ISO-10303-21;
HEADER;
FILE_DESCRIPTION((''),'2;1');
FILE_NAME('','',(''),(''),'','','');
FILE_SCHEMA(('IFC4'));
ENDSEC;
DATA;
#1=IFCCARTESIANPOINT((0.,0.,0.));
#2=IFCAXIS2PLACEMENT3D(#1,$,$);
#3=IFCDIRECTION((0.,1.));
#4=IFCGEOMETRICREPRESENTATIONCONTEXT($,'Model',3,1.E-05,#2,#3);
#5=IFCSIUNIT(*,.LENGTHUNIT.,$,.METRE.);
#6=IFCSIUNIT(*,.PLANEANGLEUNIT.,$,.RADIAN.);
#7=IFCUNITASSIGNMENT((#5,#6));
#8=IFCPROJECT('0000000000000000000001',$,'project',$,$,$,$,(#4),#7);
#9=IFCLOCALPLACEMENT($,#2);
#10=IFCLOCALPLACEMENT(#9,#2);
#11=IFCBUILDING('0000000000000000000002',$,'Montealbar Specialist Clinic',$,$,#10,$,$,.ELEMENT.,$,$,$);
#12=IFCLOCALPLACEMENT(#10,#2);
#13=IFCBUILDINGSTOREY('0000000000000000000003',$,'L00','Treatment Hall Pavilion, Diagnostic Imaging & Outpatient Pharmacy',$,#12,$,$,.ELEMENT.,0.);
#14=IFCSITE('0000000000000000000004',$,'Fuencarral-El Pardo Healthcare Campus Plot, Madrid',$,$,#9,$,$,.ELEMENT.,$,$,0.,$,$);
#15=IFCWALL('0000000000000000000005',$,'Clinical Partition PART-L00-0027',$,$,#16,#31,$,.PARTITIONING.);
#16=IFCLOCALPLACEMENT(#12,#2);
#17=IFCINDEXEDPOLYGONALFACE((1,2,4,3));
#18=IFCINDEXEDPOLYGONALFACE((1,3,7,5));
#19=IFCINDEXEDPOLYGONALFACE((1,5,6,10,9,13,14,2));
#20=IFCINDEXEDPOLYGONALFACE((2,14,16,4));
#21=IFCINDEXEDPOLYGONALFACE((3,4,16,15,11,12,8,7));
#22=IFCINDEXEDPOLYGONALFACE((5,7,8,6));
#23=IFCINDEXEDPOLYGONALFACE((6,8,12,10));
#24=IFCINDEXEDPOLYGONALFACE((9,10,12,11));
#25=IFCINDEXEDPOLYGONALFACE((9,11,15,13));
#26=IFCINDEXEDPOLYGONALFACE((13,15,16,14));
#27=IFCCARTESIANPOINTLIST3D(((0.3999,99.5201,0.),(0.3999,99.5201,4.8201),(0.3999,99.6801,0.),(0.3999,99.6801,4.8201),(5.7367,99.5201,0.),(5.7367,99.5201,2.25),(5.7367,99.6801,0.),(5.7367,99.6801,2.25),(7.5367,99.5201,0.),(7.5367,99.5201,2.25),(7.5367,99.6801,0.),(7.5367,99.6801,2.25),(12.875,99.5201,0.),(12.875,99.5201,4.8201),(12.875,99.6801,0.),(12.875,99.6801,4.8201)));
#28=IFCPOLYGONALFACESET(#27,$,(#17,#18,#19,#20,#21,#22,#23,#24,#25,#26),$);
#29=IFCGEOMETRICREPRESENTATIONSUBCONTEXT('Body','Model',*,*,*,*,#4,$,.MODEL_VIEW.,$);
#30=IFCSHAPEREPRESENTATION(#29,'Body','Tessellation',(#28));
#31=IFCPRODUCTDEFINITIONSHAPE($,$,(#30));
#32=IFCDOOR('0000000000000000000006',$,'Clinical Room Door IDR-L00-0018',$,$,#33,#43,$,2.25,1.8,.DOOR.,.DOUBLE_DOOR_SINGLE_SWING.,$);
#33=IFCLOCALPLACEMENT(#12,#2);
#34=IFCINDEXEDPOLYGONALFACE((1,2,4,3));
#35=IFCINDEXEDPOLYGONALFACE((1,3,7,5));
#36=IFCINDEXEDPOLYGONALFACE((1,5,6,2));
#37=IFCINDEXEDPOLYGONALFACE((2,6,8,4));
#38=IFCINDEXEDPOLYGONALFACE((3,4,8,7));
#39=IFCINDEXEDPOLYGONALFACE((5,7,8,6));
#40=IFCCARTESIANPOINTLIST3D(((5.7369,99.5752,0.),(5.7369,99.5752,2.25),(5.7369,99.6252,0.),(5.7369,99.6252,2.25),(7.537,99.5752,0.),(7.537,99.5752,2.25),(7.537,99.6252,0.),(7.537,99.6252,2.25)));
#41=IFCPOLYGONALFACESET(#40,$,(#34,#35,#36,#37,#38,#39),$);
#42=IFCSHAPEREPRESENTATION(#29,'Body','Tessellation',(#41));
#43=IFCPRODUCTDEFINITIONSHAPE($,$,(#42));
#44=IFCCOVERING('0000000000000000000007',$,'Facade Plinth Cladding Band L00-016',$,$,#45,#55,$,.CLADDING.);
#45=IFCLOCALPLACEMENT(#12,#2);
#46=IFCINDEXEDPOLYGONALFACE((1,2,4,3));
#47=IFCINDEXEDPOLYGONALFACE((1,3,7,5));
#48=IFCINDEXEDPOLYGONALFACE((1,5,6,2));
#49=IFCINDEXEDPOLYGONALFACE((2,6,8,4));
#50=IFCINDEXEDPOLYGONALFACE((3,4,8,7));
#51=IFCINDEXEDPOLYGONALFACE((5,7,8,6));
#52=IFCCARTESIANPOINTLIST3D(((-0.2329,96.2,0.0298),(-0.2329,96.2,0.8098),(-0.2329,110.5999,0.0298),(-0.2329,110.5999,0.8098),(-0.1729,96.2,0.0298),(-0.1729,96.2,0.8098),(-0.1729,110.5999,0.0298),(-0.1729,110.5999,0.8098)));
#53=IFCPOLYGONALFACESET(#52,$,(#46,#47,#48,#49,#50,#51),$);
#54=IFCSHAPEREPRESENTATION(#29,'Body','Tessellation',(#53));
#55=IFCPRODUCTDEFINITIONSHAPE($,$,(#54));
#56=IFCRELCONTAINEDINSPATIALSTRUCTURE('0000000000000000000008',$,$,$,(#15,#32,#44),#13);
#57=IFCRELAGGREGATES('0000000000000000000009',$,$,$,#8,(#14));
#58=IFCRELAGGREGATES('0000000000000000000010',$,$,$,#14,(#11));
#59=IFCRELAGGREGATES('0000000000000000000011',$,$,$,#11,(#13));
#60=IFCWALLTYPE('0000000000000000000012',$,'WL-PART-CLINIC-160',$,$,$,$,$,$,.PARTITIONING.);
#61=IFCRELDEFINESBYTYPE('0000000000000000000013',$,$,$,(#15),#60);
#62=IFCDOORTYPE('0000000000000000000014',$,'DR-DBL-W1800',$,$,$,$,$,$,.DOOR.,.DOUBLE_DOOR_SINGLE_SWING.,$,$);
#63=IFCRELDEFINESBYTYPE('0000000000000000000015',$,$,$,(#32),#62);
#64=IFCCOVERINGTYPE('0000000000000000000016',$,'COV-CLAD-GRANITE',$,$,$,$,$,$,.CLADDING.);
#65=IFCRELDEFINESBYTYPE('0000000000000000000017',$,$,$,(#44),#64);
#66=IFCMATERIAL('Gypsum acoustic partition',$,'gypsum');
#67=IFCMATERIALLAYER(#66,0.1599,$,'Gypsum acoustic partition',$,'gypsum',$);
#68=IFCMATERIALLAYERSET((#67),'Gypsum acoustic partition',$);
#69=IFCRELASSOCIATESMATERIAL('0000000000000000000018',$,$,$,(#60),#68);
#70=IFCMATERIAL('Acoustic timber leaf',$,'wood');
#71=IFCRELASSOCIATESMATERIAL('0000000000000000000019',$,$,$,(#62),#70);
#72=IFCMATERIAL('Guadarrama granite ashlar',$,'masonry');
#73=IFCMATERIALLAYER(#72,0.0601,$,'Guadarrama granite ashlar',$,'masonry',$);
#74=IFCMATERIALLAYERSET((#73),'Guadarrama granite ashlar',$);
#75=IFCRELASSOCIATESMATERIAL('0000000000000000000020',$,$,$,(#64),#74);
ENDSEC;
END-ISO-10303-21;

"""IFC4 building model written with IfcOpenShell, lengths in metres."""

from ifc_helpers import new_model, si_unit, direction, frame, frame_2d, origin, origin_2d, place, context, subcontext, project, spatial, rectangle, extrude, material, layer, layer_set, type_object, element, fill, save


model = new_model("IFC4")

# Units and contexts
model_context = context("Model", 3, precision=1e-05, world=origin(), true_north=direction((0.0, 1.0)))
body_context = subcontext(model_context, "Body", "Model", "MODEL_VIEW")
ifc_project = project(units=[si_unit("LENGTHUNIT", "METRE"), si_unit("PLANEANGLEUNIT", "RADIAN")], contexts=[model_context])

# Site, building, storey
site_placement = place(None, origin())
site = spatial("IfcSite", under=ifc_project, at=site_placement, Name="Fuencarral-El Pardo Healthcare Campus Plot, Madrid", CompositionType="ELEMENT", RefElevation=0.0)
building_placement = place(site_placement, origin())
building = spatial("IfcBuilding", under=site, at=building_placement, Name="Montealbar Specialist Clinic", CompositionType="ELEMENT")
storey_placement = place(building_placement, origin())
storey = spatial("IfcBuildingStorey", under=building, at=storey_placement, Name="L00", Description="Treatment Hall Pavilion, Diagnostic Imaging & Outpatient Pharmacy", CompositionType="ELEMENT", Elevation=0.0)

# Shared definitions
ifc_material_1 = material(Name="Guadarrama granite ashlar", Category="masonry")

# Wall, opening, door
ifc_material_2 = material(Name="Gypsum acoustic partition", Category="gypsum")
ifc_layer_1 = layer(ifc_material_2, 0.1599, Name="Gypsum acoustic partition", Category="gypsum")
ifc_layer_set_1 = layer_set([ifc_layer_1], Name="Gypsum acoustic partition")
wall_type_1 = type_object("IfcWallType", Name="WL-PART-CLINIC-160", PredefinedType="PARTITIONING", material=ifc_layer_set_1)
wall_1_placement = place(storey_placement, frame((0.3999, 99.6001, 0.0), z_axis=(0.0, 0.0, 1.0), x_axis=(1.0, 0.0, 0.0)))
wall_1 = element("IfcWall", 1, at=wall_1_placement, inside=storey, type_object=wall_type_1, Name="Clinical Partition PART-L00-0027", PredefinedType="PARTITIONING", context=body_context, shape_type="SweptSolid", body=[
    extrude(rectangle(XDim=12.4751, YDim=0.1599, at=frame_2d((6.2375, 0.0))), origin(), (0.0, 0.0, 1.0), 4.8201),
])
opening_1_placement = place(wall_1_placement, frame((5.3369, 0.0, 0.0)))
opening_1 = element("IfcOpeningElement", 2, at=opening_1_placement, cuts=wall_1, PredefinedType="OPENING", context=body_context, shape_type="SweptSolid", body=[
    extrude(rectangle(XDim=1.8, YDim=2.25, at=frame_2d((0.8999, 1.125))), frame((0.0, 0.0898, 0.0), z_axis=(0.0, -1.0, 0.0), x_axis=(1.0, 0.0, 0.0)), (0.0, 0.0, 1.0), 0.1799),
])
ifc_material_3 = material(Name="Acoustic timber leaf", Category="wood")
door_type_1 = type_object("IfcDoorType", Name="DR-DBL-W1800", OperationType="DOUBLE_DOOR_SINGLE_SWING", PredefinedType="DOOR", material=ifc_material_3)
door_1_placement = place(opening_1_placement, frame((1.8, 0.0, 0.0), z_axis=(0.0, 0.0, 1.0), x_axis=(-1.0, 0.0, 0.0)))
door_1 = element("IfcDoor", 3, at=door_1_placement, inside=storey, type_object=door_type_1, Name="Clinical Room Door IDR-L00-0018", OperationType="DOUBLE_DOOR_SINGLE_SWING", OverallHeight=2.25, OverallWidth=1.8, PredefinedType="DOOR", context=body_context, shape_type="SweptSolid", body=[
    extrude(rectangle(XDim=1.8, YDim=2.25, at=frame_2d((0.8999, 1.125))), frame((0.0, 0.0249, 0.0), z_axis=(0.0, -1.0, 0.0), x_axis=(1.0, 0.0, 0.0)), (0.0, 0.0, 1.0), 0.05),
])
fill(opening_1, door_1)

# Covering
ifc_layer_2 = layer(ifc_material_1, 0.0601, Name="Guadarrama granite ashlar", Category="masonry")
ifc_layer_set_2 = layer_set([ifc_layer_2], Name="Guadarrama granite ashlar")
covering_type = type_object("IfcCoveringType", Name="COV-CLAD-GRANITE", PredefinedType="CLADDING", material=ifc_layer_set_2)
covering_placement = place(storey_placement, frame((-0.2029, 103.3999, 0.0298), z_axis=(0.0, 0.0, 1.0), x_axis=(0.0, 1.0, 0.0)))
element("IfcCovering", 4, at=covering_placement, inside=storey, type_object=covering_type, Name="Facade Plinth Cladding Band L00-016", PredefinedType="CLADDING", context=body_context, shape_type="SweptSolid", body=[
    extrude(rectangle(XDim=14.3999, YDim=0.0601, at=origin_2d()), origin(), (0.0, 0.0, 1.0), 0.78),
])

save(model, "model.ifc")
